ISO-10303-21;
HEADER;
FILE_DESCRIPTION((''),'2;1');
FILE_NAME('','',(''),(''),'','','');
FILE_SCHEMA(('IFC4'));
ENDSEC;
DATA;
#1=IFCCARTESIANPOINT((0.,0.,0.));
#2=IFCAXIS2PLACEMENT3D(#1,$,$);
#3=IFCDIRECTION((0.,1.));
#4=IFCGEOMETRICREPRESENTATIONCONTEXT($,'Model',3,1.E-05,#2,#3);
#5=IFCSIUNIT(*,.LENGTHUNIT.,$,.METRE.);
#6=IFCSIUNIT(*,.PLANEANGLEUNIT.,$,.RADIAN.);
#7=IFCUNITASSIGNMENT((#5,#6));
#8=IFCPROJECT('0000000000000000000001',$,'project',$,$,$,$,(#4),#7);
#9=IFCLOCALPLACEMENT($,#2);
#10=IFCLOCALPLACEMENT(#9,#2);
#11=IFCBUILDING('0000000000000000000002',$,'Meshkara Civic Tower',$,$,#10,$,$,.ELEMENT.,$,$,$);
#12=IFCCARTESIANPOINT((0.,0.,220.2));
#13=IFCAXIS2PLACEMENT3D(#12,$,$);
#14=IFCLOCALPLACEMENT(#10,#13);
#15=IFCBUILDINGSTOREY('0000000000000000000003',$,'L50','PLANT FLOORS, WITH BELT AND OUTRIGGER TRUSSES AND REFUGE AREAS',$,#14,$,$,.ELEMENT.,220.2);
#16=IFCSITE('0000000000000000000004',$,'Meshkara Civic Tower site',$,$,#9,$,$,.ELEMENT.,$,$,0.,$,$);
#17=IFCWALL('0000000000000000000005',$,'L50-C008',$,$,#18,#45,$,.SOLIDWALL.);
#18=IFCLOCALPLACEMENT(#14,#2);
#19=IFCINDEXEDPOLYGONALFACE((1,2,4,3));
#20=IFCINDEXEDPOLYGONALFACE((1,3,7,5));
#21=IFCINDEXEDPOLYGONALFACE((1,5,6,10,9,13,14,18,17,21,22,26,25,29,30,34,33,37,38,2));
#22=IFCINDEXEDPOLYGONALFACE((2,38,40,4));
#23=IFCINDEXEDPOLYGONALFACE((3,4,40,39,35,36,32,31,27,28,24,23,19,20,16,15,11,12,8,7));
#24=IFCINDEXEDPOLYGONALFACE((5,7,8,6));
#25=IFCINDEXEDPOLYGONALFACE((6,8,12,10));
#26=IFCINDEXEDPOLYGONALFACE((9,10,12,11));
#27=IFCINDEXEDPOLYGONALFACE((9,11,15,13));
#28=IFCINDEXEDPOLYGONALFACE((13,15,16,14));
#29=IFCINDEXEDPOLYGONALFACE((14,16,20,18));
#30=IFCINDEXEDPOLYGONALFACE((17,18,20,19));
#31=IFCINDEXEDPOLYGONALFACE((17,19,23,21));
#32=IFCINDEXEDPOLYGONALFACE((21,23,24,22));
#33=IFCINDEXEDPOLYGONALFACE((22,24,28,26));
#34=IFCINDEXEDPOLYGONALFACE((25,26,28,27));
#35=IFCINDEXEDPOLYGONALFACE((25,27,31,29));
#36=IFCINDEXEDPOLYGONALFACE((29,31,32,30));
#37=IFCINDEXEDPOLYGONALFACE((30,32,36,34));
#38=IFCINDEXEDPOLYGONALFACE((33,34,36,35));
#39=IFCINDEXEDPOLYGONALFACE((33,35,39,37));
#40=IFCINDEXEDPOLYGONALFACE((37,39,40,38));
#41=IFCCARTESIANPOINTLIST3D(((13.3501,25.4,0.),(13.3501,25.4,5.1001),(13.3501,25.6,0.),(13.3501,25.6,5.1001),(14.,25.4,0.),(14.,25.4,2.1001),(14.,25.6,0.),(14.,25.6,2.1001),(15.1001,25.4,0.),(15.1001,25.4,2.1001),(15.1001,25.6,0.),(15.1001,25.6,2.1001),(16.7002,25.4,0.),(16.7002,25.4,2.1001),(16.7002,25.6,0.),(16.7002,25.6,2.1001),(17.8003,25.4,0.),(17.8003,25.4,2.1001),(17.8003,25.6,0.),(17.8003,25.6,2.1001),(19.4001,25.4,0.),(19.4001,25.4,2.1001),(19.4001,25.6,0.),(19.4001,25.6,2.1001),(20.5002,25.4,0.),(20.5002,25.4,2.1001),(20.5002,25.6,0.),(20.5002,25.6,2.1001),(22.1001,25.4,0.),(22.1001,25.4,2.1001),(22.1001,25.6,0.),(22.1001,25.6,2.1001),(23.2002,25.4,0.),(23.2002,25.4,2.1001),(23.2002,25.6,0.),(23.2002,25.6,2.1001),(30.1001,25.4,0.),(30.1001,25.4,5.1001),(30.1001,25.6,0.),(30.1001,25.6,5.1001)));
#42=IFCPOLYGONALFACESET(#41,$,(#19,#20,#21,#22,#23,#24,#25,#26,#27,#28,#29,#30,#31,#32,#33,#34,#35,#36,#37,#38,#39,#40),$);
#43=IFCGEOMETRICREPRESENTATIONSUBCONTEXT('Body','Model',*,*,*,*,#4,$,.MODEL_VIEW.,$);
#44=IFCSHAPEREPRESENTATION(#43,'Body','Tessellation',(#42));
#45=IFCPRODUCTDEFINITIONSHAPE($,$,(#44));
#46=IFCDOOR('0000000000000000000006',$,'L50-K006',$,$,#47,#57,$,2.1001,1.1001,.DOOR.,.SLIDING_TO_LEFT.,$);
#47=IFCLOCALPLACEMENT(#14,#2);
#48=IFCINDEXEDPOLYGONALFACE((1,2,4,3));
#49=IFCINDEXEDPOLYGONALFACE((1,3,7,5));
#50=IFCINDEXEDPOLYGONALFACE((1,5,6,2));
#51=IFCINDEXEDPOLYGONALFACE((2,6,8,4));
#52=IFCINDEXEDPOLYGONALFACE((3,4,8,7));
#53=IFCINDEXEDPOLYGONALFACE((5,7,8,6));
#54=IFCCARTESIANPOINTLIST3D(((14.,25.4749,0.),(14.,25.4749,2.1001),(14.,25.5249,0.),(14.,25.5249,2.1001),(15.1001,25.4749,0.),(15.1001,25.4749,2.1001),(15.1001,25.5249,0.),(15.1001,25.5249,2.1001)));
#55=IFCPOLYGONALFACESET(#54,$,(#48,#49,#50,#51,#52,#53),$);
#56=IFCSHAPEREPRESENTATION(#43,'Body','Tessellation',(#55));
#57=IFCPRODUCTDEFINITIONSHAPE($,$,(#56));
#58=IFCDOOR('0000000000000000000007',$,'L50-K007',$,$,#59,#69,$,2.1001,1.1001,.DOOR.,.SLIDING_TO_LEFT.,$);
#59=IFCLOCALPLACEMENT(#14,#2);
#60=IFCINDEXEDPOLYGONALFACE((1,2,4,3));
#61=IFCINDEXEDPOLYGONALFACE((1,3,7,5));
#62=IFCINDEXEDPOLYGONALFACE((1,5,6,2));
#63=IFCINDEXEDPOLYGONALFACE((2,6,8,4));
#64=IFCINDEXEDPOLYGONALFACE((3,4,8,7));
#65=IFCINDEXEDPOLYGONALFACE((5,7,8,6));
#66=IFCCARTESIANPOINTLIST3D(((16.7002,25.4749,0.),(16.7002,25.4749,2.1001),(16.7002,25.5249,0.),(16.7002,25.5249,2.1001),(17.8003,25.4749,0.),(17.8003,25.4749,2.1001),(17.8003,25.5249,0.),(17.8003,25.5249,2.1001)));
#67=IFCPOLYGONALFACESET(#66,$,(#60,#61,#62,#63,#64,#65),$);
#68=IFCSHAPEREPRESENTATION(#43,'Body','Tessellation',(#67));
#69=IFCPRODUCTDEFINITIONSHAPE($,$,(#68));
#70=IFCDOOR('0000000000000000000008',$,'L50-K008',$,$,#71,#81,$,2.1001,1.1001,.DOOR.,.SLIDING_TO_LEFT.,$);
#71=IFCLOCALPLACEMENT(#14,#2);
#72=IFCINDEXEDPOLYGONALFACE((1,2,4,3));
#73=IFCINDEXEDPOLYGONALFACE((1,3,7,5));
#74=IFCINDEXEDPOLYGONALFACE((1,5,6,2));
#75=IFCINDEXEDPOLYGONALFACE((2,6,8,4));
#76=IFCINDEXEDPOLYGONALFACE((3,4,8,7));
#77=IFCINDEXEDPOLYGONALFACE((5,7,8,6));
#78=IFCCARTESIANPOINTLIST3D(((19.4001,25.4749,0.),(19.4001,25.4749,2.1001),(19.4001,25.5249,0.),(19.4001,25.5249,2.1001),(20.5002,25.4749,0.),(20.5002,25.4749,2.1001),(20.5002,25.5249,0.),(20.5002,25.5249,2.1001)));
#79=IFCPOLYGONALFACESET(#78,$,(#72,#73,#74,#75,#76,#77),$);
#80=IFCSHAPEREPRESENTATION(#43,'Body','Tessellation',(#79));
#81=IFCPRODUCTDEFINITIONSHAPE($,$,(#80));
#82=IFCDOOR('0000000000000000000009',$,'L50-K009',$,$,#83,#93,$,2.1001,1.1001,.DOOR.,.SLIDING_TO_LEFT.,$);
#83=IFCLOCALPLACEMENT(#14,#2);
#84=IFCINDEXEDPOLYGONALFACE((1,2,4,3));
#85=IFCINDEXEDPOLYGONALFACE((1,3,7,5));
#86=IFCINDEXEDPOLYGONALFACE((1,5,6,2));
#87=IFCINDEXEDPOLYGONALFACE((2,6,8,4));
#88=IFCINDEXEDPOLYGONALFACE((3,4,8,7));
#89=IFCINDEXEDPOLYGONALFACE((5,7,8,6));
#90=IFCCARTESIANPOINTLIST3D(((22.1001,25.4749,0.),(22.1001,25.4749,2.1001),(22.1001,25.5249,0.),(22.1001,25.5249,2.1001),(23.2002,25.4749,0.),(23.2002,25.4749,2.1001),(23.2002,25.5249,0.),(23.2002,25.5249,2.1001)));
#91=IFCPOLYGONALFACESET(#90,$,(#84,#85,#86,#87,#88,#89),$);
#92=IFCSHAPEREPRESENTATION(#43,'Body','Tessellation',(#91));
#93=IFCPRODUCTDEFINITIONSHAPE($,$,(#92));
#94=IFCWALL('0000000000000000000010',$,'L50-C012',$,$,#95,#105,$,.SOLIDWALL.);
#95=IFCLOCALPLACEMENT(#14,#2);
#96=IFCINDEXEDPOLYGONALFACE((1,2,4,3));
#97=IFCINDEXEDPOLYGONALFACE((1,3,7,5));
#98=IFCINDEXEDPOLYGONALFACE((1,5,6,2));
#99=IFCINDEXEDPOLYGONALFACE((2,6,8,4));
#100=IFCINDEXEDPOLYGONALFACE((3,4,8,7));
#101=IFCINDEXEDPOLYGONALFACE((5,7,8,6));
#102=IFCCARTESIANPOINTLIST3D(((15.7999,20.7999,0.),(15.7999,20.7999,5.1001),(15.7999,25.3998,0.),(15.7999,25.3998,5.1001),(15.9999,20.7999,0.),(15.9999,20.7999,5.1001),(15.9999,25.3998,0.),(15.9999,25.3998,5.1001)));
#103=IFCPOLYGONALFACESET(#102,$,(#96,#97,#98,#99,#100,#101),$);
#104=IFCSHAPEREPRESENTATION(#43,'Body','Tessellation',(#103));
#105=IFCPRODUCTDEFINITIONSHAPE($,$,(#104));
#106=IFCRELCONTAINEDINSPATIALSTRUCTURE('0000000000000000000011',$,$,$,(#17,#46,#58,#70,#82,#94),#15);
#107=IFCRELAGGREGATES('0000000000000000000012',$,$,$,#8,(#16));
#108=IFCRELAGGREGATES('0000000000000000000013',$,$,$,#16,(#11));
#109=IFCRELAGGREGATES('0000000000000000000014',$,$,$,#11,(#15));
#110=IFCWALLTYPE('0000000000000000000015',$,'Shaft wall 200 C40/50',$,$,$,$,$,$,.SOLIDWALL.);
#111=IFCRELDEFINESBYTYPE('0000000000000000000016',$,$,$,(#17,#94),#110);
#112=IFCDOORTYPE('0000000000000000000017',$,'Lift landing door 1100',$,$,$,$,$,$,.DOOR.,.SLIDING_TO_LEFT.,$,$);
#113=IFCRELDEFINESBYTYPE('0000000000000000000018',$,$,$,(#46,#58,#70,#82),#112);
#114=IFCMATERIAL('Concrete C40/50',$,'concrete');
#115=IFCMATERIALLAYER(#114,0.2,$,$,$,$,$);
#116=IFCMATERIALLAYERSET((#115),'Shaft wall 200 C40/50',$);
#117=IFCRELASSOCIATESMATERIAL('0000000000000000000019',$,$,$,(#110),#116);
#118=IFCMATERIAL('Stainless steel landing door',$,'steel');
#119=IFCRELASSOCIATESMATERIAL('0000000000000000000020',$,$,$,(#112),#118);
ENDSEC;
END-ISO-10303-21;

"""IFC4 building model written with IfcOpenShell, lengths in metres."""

from ifc_helpers import new_model, si_unit, direction, frame, frame_2d, origin, place, context, subcontext, project, spatial, rectangle, extrude, material, layer, layer_set, type_object, element, fill, save


model = new_model("IFC4")

# Units and contexts
model_context = context("Model", 3, precision=1e-05, world=origin(), true_north=direction((0.0, 1.0)))
body_context = subcontext(model_context, "Body", "Model", "MODEL_VIEW")
ifc_project = project(units=[si_unit("LENGTHUNIT", "METRE"), si_unit("PLANEANGLEUNIT", "RADIAN")], contexts=[model_context])

# Site, building, storey
site_placement = place(None, origin())
site = spatial("IfcSite", under=ifc_project, at=site_placement, Name="Meshkara Civic Tower site", CompositionType="ELEMENT", RefElevation=0.0)
building_placement = place(site_placement, origin())
building = spatial("IfcBuilding", under=site, at=building_placement, Name="Meshkara Civic Tower", CompositionType="ELEMENT")
storey_placement = place(building_placement, frame((0.0, 0.0, 220.2)))
storey = spatial("IfcBuildingStorey", under=building, at=storey_placement, Name="L50", Description="PLANT FLOORS, WITH BELT AND OUTRIGGER TRUSSES AND REFUGE AREAS", CompositionType="ELEMENT", Elevation=220.2)

# Wall, openings, doors
ifc_material_1 = material(Name="Concrete C40/50", Category="concrete")
ifc_layer_1 = layer(ifc_material_1, 0.2)
ifc_layer_set_1 = layer_set([ifc_layer_1], Name="Shaft wall 200 C40/50")
wall_type_1 = type_object("IfcWallType", Name="Shaft wall 200 C40/50", PredefinedType="SOLIDWALL", material=ifc_layer_set_1)
ifc_material_2 = material(Name="Stainless steel landing door", Category="steel")
door_type_1 = type_object("IfcDoorType", Name="Lift landing door 1100", OperationType="SLIDING_TO_LEFT", PredefinedType="DOOR", material=ifc_material_2)
wall_1_placement = place(storey_placement, frame((13.3501, 25.5, 0.0), z_axis=(0.0, 0.0, 1.0), x_axis=(1.0, 0.0, 0.0)))
wall_1 = element("IfcWall", 1, at=wall_1_placement, inside=storey, type_object=wall_type_1, Name="L50-C008", PredefinedType="SOLIDWALL", context=body_context, shape_type="SweptSolid", body=[
    extrude(rectangle(XDim=16.75, YDim=0.2, at=frame_2d((8.375, 0.0))), origin(), (0.0, 0.0, 1.0), 5.1001),
])
opening_1_placement = place(wall_1_placement, frame((0.6499, 0.0, 0.0)))
opening_1 = element("IfcOpeningElement", 2, at=opening_1_placement, cuts=wall_1, PredefinedType="OPENING", context=body_context, shape_type="SweptSolid", body=[
    extrude(rectangle(XDim=1.1001, YDim=2.1001, at=frame_2d((0.55, 1.05))), frame((0.0, 0.1099, 0.0), z_axis=(0.0, -1.0, 0.0), x_axis=(1.0, 0.0, 0.0)), (0.0, 0.0, 1.0), 0.22),
])
opening_2_placement = place(wall_1_placement, frame((3.3501, 0.0, 0.0)))
opening_2 = element("IfcOpeningElement", 3, at=opening_2_placement, cuts=wall_1, PredefinedType="OPENING", context=body_context, shape_type="SweptSolid", body=[
    extrude(rectangle(XDim=1.1001, YDim=2.1001, at=frame_2d((0.55, 1.05))), frame((0.0, 0.1099, 0.0), z_axis=(0.0, -1.0, 0.0), x_axis=(1.0, 0.0, 0.0)), (0.0, 0.0, 1.0), 0.22),
])
opening_3_placement = place(wall_1_placement, frame((6.05, 0.0, 0.0)))
opening_3 = element("IfcOpeningElement", 4, at=opening_3_placement, cuts=wall_1, PredefinedType="OPENING", context=body_context, shape_type="SweptSolid", body=[
    extrude(rectangle(XDim=1.1001, YDim=2.1001, at=frame_2d((0.55, 1.05))), frame((0.0, 0.1099, 0.0), z_axis=(0.0, -1.0, 0.0), x_axis=(1.0, 0.0, 0.0)), (0.0, 0.0, 1.0), 0.22),
])
opening_4_placement = place(wall_1_placement, frame((8.75, 0.0, 0.0)))
opening_4 = element("IfcOpeningElement", 5, at=opening_4_placement, cuts=wall_1, PredefinedType="OPENING", context=body_context, shape_type="SweptSolid", body=[
    extrude(rectangle(XDim=1.1001, YDim=2.1001, at=frame_2d((0.55, 1.05))), frame((0.0, 0.1099, 0.0), z_axis=(0.0, -1.0, 0.0), x_axis=(1.0, 0.0, 0.0)), (0.0, 0.0, 1.0), 0.22),
])
door_1_placement = place(opening_1_placement, origin())
door_1 = element("IfcDoor", 6, at=door_1_placement, inside=storey, type_object=door_type_1, Name="L50-K006", OperationType="SLIDING_TO_LEFT", OverallHeight=2.1001, OverallWidth=1.1001, PredefinedType="DOOR", context=body_context, shape_type="SweptSolid", body=[
    extrude(rectangle(XDim=1.1001, YDim=2.1001, at=frame_2d((0.55, 1.05))), frame((0.0, 0.0249, 0.0), z_axis=(0.0, -1.0, 0.0), x_axis=(1.0, 0.0, 0.0)), (0.0, 0.0, 1.0), 0.05),
])
fill(opening_1, door_1)
door_2_placement = place(opening_2_placement, origin())
door_2 = element("IfcDoor", 7, at=door_2_placement, inside=storey, type_object=door_type_1, Name="L50-K007", OperationType="SLIDING_TO_LEFT", OverallHeight=2.1001, OverallWidth=1.1001, PredefinedType="DOOR", context=body_context, shape_type="SweptSolid", body=[
    extrude(rectangle(XDim=1.1001, YDim=2.1001, at=frame_2d((0.55, 1.05))), frame((0.0, 0.0249, 0.0), z_axis=(0.0, -1.0, 0.0), x_axis=(1.0, 0.0, 0.0)), (0.0, 0.0, 1.0), 0.05),
])
fill(opening_2, door_2)
door_3_placement = place(opening_3_placement, origin())
door_3 = element("IfcDoor", 8, at=door_3_placement, inside=storey, type_object=door_type_1, Name="L50-K008", OperationType="SLIDING_TO_LEFT", OverallHeight=2.1001, OverallWidth=1.1001, PredefinedType="DOOR", context=body_context, shape_type="SweptSolid", body=[
    extrude(rectangle(XDim=1.1001, YDim=2.1001, at=frame_2d((0.55, 1.05))), frame((0.0, 0.0249, 0.0), z_axis=(0.0, -1.0, 0.0), x_axis=(1.0, 0.0, 0.0)), (0.0, 0.0, 1.0), 0.05),
])
fill(opening_3, door_3)
door_4_placement = place(opening_4_placement, origin())
door_4 = element("IfcDoor", 9, at=door_4_placement, inside=storey, type_object=door_type_1, Name="L50-K009", OperationType="SLIDING_TO_LEFT", OverallHeight=2.1001, OverallWidth=1.1001, PredefinedType="DOOR", context=body_context, shape_type="SweptSolid", body=[
    extrude(rectangle(XDim=1.1001, YDim=2.1001, at=frame_2d((0.55, 1.05))), frame((0.0, 0.0249, 0.0), z_axis=(0.0, -1.0, 0.0), x_axis=(1.0, 0.0, 0.0)), (0.0, 0.0, 1.0), 0.05),
])
fill(opening_4, door_4)

# Wall
wall_2_placement = place(storey_placement, frame((15.8999, 20.8, 0.0), z_axis=(0.0, 0.0, 1.0), x_axis=(0.0, 1.0, 0.0)))
element("IfcWall", 10, at=wall_2_placement, inside=storey, type_object=wall_type_1, Name="L50-C012", PredefinedType="SOLIDWALL", context=body_context, shape_type="SweptSolid", body=[
    extrude(rectangle(XDim=4.5999, YDim=0.2, at=frame_2d((2.2998, 0.0))), origin(), (0.0, 0.0, 1.0), 5.1001),
])

save(model, "model.ifc")
